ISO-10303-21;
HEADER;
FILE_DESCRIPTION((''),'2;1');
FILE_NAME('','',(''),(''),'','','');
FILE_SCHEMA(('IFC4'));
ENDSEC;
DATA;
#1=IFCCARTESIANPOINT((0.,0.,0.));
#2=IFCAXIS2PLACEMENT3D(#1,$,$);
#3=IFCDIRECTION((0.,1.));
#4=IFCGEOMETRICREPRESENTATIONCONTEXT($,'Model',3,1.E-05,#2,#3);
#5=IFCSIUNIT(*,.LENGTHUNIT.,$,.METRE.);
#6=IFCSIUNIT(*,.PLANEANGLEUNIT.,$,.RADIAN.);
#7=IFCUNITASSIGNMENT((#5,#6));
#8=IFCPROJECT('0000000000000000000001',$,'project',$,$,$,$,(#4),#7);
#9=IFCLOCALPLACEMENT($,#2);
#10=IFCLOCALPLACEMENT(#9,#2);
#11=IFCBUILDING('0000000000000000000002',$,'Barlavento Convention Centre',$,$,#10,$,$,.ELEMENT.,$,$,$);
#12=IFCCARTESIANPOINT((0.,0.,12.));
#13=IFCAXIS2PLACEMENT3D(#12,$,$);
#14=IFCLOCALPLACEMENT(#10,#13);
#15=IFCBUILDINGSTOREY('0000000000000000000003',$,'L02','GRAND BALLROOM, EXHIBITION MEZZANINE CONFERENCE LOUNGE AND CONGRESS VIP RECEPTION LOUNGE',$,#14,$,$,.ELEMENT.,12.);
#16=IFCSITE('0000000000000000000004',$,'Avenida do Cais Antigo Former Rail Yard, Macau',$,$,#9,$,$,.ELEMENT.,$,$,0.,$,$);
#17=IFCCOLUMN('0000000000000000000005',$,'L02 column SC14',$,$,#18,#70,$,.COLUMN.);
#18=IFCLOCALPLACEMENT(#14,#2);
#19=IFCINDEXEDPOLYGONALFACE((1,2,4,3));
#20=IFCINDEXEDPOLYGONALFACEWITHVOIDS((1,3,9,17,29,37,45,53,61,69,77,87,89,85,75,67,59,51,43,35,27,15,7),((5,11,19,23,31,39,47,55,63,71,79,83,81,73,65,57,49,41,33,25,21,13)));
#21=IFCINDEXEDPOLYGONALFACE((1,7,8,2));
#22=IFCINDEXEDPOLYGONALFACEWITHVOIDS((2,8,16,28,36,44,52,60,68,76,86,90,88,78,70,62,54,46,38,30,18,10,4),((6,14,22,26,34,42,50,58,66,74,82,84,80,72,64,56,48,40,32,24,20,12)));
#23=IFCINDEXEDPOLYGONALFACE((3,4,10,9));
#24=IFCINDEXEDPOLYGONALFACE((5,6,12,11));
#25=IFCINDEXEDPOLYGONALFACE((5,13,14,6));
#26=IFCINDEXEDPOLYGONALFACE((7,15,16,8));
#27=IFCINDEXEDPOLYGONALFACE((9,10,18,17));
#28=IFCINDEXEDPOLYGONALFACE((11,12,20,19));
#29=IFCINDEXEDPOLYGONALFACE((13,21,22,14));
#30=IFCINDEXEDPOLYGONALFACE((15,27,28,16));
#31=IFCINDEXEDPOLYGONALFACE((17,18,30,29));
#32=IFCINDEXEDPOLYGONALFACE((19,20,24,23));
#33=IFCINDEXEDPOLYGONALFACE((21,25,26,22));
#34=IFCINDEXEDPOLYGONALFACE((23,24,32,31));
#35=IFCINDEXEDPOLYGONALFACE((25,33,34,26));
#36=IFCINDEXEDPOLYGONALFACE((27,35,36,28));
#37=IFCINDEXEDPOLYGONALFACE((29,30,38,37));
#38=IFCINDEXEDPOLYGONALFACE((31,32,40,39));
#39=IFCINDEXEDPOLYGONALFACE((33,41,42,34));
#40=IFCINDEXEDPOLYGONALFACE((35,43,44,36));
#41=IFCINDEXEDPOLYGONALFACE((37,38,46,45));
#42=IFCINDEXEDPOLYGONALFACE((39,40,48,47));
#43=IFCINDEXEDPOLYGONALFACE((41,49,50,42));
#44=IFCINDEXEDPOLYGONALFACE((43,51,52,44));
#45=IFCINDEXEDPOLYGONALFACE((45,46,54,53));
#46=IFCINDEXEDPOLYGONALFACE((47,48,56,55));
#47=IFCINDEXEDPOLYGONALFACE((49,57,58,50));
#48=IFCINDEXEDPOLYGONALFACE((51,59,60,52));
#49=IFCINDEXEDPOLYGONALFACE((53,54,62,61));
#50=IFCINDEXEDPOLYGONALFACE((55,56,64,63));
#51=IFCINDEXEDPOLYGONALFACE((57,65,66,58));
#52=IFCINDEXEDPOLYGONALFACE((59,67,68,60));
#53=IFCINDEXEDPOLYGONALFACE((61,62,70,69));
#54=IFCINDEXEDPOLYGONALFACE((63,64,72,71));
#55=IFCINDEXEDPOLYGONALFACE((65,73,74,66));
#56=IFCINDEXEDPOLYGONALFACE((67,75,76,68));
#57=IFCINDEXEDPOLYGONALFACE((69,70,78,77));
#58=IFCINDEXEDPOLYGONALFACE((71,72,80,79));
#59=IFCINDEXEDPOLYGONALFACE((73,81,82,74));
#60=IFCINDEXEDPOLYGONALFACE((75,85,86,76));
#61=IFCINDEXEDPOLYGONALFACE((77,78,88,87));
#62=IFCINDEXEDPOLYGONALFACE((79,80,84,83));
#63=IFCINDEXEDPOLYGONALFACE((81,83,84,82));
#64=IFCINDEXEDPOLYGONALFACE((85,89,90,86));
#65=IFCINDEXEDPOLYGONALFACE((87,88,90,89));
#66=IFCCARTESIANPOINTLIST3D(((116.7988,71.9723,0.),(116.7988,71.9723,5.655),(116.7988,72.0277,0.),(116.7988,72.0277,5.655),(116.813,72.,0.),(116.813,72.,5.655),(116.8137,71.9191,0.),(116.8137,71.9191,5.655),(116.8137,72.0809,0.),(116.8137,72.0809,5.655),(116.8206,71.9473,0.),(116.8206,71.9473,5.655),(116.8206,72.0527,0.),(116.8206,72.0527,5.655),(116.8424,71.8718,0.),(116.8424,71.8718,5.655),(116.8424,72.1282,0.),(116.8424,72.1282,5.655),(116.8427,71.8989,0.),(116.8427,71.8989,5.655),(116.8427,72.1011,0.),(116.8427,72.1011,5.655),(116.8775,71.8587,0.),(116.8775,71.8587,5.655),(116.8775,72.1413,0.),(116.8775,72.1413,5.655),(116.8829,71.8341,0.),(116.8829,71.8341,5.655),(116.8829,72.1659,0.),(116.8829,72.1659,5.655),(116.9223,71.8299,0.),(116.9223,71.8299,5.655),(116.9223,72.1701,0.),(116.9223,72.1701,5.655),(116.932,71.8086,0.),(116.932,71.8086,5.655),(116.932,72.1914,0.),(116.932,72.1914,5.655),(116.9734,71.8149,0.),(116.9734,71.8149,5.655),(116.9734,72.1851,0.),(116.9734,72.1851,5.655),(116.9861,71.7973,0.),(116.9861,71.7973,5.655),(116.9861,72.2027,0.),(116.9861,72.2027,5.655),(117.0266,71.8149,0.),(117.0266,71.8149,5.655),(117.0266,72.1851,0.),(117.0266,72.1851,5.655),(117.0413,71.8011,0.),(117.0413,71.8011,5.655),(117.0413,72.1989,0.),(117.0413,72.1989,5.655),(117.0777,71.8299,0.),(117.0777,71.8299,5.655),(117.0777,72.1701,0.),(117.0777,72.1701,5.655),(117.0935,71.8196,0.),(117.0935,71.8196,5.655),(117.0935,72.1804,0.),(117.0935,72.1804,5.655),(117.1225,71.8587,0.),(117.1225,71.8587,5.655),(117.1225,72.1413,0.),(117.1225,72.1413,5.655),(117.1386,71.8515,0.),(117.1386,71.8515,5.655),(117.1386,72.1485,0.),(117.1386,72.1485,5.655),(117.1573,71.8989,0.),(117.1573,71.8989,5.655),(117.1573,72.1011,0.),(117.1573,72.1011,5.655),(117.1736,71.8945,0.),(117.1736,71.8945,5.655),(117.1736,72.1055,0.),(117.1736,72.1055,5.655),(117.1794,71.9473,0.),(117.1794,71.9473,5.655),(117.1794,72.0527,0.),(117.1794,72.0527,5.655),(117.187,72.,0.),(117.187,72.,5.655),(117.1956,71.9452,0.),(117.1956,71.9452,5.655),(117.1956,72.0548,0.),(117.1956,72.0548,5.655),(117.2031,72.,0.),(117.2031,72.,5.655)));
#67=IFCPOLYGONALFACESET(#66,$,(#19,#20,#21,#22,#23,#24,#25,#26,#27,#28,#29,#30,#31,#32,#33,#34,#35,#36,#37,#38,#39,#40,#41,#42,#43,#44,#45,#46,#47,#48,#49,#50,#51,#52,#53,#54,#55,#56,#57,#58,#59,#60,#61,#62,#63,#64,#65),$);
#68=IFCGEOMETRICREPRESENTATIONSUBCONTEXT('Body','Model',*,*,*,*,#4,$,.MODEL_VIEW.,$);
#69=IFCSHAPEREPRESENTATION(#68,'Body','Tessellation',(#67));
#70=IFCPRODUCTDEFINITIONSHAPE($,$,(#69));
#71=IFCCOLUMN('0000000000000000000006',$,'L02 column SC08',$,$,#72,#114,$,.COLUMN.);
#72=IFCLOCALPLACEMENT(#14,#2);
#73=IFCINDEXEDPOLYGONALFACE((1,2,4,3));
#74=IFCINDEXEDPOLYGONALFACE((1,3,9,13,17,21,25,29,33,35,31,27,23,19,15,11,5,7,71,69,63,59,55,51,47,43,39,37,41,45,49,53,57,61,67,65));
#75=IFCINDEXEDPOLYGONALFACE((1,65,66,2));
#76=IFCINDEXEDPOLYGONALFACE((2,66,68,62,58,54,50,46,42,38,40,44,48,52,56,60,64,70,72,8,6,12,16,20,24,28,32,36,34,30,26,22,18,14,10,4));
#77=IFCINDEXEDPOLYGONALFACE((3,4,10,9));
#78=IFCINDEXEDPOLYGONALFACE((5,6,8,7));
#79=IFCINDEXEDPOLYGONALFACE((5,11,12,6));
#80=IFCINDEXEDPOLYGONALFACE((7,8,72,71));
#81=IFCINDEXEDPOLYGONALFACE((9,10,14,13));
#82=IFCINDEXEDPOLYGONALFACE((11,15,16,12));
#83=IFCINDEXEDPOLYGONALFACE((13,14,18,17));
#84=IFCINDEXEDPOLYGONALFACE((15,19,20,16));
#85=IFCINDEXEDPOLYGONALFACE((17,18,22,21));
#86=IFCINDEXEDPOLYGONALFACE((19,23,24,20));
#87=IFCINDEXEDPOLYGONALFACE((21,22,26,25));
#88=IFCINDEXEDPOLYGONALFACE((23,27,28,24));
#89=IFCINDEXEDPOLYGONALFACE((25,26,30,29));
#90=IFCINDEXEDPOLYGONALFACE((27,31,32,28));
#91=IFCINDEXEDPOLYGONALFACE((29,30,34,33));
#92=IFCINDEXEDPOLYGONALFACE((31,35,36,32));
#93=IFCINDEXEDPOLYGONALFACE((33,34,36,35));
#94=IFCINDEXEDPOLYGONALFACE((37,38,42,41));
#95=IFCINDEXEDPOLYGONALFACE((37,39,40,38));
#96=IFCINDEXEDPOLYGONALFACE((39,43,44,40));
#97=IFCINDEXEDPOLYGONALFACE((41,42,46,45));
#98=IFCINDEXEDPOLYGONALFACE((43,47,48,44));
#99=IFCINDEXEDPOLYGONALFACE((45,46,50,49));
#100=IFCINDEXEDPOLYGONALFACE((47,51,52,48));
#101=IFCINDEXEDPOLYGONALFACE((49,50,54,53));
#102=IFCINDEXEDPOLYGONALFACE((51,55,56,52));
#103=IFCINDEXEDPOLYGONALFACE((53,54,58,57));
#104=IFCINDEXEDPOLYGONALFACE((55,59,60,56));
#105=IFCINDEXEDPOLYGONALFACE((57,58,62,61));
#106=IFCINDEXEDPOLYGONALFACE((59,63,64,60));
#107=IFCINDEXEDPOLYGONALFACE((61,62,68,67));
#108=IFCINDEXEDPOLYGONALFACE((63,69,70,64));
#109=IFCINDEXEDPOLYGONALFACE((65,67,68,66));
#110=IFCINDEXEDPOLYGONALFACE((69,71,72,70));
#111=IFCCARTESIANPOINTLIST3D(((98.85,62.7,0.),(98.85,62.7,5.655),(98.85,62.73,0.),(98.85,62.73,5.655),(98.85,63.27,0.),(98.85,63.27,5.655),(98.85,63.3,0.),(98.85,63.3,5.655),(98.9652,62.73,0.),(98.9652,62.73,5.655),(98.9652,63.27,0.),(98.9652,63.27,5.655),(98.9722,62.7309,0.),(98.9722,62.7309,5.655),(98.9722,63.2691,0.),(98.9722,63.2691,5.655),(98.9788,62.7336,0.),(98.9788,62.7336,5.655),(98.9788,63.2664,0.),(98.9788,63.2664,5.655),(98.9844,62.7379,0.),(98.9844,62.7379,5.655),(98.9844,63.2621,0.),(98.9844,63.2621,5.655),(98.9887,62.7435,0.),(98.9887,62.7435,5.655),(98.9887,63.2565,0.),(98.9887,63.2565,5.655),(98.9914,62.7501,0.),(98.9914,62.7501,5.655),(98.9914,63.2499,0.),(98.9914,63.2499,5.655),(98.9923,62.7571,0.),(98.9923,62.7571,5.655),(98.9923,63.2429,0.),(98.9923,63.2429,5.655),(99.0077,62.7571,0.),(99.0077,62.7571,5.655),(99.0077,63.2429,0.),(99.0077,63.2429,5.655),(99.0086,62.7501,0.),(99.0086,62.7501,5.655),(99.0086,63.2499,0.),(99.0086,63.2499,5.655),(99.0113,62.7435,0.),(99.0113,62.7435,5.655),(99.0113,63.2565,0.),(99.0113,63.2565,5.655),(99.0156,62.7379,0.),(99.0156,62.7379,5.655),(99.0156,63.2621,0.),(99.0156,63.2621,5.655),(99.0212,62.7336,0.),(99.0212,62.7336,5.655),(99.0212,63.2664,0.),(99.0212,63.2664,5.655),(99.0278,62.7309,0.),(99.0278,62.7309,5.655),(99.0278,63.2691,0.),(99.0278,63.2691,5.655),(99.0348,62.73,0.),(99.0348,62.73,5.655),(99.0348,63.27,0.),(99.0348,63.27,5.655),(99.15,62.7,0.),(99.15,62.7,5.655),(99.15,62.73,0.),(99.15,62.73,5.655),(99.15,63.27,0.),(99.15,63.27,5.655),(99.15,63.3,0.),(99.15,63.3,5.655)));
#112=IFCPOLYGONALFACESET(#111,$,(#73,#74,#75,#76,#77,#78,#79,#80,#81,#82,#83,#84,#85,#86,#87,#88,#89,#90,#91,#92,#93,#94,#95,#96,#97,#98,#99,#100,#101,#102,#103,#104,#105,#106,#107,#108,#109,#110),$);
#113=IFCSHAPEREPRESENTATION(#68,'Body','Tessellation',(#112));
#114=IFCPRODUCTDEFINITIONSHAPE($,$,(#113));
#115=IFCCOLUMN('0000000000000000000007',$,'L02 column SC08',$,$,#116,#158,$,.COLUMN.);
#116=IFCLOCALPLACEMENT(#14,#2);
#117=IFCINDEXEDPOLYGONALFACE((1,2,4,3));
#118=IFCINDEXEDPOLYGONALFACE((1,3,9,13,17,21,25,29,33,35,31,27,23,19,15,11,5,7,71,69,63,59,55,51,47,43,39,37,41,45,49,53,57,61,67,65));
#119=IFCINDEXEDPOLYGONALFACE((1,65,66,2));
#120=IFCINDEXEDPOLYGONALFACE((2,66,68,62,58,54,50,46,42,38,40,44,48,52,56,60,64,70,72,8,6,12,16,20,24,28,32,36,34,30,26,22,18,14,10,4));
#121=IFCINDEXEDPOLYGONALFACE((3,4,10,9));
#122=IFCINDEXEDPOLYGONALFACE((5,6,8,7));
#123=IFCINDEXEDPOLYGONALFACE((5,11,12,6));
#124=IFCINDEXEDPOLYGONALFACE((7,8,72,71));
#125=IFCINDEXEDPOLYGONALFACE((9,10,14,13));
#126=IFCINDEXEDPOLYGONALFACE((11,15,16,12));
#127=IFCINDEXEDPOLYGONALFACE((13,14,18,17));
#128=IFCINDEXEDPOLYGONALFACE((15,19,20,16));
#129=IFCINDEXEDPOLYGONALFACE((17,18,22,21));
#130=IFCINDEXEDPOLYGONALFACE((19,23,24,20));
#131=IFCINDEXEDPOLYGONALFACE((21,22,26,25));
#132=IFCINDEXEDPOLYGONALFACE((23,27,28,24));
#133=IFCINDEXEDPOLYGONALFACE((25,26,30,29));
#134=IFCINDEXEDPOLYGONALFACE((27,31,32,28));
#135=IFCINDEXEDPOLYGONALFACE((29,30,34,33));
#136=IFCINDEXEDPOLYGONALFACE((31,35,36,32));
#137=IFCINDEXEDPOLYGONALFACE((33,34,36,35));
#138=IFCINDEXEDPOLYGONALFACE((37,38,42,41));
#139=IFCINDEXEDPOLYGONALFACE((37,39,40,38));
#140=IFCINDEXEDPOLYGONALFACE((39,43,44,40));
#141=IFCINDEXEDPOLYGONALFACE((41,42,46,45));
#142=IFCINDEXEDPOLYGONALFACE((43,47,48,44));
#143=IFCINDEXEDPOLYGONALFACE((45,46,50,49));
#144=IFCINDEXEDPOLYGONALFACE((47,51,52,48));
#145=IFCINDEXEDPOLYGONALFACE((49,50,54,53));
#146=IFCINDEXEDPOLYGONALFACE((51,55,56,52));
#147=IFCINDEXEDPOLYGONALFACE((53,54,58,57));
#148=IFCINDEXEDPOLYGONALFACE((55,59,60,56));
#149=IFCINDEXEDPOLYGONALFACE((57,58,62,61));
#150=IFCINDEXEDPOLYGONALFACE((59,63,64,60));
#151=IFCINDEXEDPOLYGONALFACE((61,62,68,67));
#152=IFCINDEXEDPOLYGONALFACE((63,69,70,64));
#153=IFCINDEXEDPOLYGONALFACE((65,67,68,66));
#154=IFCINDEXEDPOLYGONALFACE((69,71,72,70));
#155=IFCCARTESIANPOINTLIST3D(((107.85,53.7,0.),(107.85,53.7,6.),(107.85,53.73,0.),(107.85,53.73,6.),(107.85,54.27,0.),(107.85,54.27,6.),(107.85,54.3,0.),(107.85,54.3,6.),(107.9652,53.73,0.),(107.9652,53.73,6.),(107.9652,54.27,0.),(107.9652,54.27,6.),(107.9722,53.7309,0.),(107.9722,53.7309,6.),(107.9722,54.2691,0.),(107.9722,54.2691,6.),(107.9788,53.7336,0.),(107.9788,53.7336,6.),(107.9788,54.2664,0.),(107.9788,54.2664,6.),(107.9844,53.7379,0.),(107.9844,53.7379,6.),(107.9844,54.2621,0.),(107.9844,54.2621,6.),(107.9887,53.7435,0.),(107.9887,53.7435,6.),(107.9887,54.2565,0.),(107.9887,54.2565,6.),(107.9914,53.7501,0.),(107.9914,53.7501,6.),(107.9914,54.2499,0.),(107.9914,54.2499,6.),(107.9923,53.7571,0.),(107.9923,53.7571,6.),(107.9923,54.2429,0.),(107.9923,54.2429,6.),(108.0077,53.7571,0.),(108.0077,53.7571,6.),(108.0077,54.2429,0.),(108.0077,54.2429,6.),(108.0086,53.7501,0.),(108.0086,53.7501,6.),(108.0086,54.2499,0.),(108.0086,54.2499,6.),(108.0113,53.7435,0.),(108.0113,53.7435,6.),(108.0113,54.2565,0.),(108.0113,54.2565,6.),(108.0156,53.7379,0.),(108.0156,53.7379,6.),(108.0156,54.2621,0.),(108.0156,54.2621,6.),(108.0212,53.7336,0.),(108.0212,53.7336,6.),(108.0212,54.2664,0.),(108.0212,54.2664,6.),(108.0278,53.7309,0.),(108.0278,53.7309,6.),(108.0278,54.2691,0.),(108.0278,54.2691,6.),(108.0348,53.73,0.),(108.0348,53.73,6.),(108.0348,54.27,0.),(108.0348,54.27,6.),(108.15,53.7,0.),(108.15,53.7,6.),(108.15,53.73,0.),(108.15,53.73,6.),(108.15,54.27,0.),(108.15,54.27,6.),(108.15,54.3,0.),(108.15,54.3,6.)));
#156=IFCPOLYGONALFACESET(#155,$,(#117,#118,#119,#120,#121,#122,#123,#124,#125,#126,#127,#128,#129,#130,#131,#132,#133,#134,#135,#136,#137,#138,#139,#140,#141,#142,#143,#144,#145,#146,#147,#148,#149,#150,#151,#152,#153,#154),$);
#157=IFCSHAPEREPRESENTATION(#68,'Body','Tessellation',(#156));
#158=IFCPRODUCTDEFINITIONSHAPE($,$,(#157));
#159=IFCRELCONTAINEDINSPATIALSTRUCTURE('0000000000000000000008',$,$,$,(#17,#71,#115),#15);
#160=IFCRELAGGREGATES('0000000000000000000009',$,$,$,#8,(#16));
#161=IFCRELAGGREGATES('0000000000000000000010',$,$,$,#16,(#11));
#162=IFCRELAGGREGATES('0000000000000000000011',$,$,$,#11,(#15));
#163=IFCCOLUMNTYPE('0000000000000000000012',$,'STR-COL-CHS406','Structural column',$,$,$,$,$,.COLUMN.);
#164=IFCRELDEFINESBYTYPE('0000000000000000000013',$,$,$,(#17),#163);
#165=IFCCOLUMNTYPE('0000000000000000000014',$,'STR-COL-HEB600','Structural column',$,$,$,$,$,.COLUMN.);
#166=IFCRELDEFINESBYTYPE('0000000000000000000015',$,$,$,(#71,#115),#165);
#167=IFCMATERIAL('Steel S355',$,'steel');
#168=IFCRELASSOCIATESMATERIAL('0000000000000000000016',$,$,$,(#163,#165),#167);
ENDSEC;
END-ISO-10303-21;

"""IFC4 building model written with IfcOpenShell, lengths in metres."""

from ifc_helpers import new_model, si_unit, direction, frame, origin, origin_2d, place, context, subcontext, project, spatial, hollow_circle, i_section, extrude, material, material_profile, profile_set, type_object, element, save


model = new_model("IFC4")

# Units and contexts
model_context = context("Model", 3, precision=1e-05, world=origin(), true_north=direction((0.0, 1.0)))
body_context = subcontext(model_context, "Body", "Model", "MODEL_VIEW")
ifc_project = project(units=[si_unit("LENGTHUNIT", "METRE"), si_unit("PLANEANGLEUNIT", "RADIAN")], contexts=[model_context])

# Site, building, storey
site_placement = place(None, origin())
site = spatial("IfcSite", under=ifc_project, at=site_placement, Name="Avenida do Cais Antigo Former Rail Yard, Macau", CompositionType="ELEMENT", RefElevation=0.0)
building_placement = place(site_placement, origin())
building = spatial("IfcBuilding", under=site, at=building_placement, Name="Barlavento Convention Centre", CompositionType="ELEMENT")
storey_placement = place(building_placement, frame((0.0, 0.0, 12.0)))
storey = spatial("IfcBuildingStorey", under=building, at=storey_placement, Name="L02", Description="GRAND BALLROOM, EXHIBITION MEZZANINE CONFERENCE LOUNGE AND CONGRESS VIP RECEPTION LOUNGE", CompositionType="ELEMENT", Elevation=12.0)

# Columns
ifc_material_1 = material(Name="Steel S355", Category="steel")
ifc_material_profile_1 = material_profile(ifc_material_1, hollow_circle(Radius=0.2031, WallThickness=0.0161, at=origin_2d()), Name="CHS 406.4x16.0")
ifc_profile_set_1 = profile_set([ifc_material_profile_1], Name="Steel S355")
column_type_1 = type_object("IfcColumnType", Name="STR-COL-CHS406", Description="Structural column", PredefinedType="COLUMN", material=ifc_profile_set_1)
column_1_placement = place(storey_placement, frame((117.0, 72.0, 0.0), z_axis=(0.0, 0.0, 1.0), x_axis=(1.0, 0.0, 0.0)))
element("IfcColumn", 1, at=column_1_placement, inside=storey, type_object=column_type_1, Name="L02 column SC14", PredefinedType="COLUMN", context=body_context, shape_type="SweptSolid", body=[
    extrude(hollow_circle(Radius=0.2031, WallThickness=0.0161, at=origin_2d()), origin(), (0.0, 0.0, 1.0), 5.655),
])
ifc_material_profile_2 = material_profile(ifc_material_1, i_section(OverallWidth=0.3, OverallDepth=0.6001, WebThickness=0.0154, FlangeThickness=0.03, FilletRadius=0.0271, at=origin_2d()), Name="HEB 600")
ifc_profile_set_2 = profile_set([ifc_material_profile_2], Name="Steel S355")
column_type_2 = type_object("IfcColumnType", Name="STR-COL-HEB600", Description="Structural column", PredefinedType="COLUMN", material=ifc_profile_set_2)
column_2_placement = place(storey_placement, frame((99.0, 63.0, 0.0), z_axis=(0.0, 0.0, 1.0), x_axis=(1.0, 0.0, 0.0)))
element("IfcColumn", 2, at=column_2_placement, inside=storey, type_object=column_type_2, Name="L02 column SC08", PredefinedType="COLUMN", context=body_context, shape_type="SweptSolid", body=[
    extrude(i_section(OverallWidth=0.3, OverallDepth=0.6001, WebThickness=0.0154, FlangeThickness=0.03, FilletRadius=0.0271, at=origin_2d()), origin(), (0.0, 0.0, 1.0), 5.655),
])
column_3_placement = place(storey_placement, frame((108.0, 54.0, 0.0), z_axis=(0.0, 0.0, 1.0), x_axis=(1.0, 0.0, 0.0)))
element("IfcColumn", 3, at=column_3_placement, inside=storey, type_object=column_type_2, Name="L02 column SC08", PredefinedType="COLUMN", context=body_context, shape_type="SweptSolid", body=[
    extrude(i_section(OverallWidth=0.3, OverallDepth=0.6001, WebThickness=0.0154, FlangeThickness=0.03, FilletRadius=0.0271, at=origin_2d()), origin(), (0.0, 0.0, 1.0), 6.0),
])

save(model, "model.ifc")
